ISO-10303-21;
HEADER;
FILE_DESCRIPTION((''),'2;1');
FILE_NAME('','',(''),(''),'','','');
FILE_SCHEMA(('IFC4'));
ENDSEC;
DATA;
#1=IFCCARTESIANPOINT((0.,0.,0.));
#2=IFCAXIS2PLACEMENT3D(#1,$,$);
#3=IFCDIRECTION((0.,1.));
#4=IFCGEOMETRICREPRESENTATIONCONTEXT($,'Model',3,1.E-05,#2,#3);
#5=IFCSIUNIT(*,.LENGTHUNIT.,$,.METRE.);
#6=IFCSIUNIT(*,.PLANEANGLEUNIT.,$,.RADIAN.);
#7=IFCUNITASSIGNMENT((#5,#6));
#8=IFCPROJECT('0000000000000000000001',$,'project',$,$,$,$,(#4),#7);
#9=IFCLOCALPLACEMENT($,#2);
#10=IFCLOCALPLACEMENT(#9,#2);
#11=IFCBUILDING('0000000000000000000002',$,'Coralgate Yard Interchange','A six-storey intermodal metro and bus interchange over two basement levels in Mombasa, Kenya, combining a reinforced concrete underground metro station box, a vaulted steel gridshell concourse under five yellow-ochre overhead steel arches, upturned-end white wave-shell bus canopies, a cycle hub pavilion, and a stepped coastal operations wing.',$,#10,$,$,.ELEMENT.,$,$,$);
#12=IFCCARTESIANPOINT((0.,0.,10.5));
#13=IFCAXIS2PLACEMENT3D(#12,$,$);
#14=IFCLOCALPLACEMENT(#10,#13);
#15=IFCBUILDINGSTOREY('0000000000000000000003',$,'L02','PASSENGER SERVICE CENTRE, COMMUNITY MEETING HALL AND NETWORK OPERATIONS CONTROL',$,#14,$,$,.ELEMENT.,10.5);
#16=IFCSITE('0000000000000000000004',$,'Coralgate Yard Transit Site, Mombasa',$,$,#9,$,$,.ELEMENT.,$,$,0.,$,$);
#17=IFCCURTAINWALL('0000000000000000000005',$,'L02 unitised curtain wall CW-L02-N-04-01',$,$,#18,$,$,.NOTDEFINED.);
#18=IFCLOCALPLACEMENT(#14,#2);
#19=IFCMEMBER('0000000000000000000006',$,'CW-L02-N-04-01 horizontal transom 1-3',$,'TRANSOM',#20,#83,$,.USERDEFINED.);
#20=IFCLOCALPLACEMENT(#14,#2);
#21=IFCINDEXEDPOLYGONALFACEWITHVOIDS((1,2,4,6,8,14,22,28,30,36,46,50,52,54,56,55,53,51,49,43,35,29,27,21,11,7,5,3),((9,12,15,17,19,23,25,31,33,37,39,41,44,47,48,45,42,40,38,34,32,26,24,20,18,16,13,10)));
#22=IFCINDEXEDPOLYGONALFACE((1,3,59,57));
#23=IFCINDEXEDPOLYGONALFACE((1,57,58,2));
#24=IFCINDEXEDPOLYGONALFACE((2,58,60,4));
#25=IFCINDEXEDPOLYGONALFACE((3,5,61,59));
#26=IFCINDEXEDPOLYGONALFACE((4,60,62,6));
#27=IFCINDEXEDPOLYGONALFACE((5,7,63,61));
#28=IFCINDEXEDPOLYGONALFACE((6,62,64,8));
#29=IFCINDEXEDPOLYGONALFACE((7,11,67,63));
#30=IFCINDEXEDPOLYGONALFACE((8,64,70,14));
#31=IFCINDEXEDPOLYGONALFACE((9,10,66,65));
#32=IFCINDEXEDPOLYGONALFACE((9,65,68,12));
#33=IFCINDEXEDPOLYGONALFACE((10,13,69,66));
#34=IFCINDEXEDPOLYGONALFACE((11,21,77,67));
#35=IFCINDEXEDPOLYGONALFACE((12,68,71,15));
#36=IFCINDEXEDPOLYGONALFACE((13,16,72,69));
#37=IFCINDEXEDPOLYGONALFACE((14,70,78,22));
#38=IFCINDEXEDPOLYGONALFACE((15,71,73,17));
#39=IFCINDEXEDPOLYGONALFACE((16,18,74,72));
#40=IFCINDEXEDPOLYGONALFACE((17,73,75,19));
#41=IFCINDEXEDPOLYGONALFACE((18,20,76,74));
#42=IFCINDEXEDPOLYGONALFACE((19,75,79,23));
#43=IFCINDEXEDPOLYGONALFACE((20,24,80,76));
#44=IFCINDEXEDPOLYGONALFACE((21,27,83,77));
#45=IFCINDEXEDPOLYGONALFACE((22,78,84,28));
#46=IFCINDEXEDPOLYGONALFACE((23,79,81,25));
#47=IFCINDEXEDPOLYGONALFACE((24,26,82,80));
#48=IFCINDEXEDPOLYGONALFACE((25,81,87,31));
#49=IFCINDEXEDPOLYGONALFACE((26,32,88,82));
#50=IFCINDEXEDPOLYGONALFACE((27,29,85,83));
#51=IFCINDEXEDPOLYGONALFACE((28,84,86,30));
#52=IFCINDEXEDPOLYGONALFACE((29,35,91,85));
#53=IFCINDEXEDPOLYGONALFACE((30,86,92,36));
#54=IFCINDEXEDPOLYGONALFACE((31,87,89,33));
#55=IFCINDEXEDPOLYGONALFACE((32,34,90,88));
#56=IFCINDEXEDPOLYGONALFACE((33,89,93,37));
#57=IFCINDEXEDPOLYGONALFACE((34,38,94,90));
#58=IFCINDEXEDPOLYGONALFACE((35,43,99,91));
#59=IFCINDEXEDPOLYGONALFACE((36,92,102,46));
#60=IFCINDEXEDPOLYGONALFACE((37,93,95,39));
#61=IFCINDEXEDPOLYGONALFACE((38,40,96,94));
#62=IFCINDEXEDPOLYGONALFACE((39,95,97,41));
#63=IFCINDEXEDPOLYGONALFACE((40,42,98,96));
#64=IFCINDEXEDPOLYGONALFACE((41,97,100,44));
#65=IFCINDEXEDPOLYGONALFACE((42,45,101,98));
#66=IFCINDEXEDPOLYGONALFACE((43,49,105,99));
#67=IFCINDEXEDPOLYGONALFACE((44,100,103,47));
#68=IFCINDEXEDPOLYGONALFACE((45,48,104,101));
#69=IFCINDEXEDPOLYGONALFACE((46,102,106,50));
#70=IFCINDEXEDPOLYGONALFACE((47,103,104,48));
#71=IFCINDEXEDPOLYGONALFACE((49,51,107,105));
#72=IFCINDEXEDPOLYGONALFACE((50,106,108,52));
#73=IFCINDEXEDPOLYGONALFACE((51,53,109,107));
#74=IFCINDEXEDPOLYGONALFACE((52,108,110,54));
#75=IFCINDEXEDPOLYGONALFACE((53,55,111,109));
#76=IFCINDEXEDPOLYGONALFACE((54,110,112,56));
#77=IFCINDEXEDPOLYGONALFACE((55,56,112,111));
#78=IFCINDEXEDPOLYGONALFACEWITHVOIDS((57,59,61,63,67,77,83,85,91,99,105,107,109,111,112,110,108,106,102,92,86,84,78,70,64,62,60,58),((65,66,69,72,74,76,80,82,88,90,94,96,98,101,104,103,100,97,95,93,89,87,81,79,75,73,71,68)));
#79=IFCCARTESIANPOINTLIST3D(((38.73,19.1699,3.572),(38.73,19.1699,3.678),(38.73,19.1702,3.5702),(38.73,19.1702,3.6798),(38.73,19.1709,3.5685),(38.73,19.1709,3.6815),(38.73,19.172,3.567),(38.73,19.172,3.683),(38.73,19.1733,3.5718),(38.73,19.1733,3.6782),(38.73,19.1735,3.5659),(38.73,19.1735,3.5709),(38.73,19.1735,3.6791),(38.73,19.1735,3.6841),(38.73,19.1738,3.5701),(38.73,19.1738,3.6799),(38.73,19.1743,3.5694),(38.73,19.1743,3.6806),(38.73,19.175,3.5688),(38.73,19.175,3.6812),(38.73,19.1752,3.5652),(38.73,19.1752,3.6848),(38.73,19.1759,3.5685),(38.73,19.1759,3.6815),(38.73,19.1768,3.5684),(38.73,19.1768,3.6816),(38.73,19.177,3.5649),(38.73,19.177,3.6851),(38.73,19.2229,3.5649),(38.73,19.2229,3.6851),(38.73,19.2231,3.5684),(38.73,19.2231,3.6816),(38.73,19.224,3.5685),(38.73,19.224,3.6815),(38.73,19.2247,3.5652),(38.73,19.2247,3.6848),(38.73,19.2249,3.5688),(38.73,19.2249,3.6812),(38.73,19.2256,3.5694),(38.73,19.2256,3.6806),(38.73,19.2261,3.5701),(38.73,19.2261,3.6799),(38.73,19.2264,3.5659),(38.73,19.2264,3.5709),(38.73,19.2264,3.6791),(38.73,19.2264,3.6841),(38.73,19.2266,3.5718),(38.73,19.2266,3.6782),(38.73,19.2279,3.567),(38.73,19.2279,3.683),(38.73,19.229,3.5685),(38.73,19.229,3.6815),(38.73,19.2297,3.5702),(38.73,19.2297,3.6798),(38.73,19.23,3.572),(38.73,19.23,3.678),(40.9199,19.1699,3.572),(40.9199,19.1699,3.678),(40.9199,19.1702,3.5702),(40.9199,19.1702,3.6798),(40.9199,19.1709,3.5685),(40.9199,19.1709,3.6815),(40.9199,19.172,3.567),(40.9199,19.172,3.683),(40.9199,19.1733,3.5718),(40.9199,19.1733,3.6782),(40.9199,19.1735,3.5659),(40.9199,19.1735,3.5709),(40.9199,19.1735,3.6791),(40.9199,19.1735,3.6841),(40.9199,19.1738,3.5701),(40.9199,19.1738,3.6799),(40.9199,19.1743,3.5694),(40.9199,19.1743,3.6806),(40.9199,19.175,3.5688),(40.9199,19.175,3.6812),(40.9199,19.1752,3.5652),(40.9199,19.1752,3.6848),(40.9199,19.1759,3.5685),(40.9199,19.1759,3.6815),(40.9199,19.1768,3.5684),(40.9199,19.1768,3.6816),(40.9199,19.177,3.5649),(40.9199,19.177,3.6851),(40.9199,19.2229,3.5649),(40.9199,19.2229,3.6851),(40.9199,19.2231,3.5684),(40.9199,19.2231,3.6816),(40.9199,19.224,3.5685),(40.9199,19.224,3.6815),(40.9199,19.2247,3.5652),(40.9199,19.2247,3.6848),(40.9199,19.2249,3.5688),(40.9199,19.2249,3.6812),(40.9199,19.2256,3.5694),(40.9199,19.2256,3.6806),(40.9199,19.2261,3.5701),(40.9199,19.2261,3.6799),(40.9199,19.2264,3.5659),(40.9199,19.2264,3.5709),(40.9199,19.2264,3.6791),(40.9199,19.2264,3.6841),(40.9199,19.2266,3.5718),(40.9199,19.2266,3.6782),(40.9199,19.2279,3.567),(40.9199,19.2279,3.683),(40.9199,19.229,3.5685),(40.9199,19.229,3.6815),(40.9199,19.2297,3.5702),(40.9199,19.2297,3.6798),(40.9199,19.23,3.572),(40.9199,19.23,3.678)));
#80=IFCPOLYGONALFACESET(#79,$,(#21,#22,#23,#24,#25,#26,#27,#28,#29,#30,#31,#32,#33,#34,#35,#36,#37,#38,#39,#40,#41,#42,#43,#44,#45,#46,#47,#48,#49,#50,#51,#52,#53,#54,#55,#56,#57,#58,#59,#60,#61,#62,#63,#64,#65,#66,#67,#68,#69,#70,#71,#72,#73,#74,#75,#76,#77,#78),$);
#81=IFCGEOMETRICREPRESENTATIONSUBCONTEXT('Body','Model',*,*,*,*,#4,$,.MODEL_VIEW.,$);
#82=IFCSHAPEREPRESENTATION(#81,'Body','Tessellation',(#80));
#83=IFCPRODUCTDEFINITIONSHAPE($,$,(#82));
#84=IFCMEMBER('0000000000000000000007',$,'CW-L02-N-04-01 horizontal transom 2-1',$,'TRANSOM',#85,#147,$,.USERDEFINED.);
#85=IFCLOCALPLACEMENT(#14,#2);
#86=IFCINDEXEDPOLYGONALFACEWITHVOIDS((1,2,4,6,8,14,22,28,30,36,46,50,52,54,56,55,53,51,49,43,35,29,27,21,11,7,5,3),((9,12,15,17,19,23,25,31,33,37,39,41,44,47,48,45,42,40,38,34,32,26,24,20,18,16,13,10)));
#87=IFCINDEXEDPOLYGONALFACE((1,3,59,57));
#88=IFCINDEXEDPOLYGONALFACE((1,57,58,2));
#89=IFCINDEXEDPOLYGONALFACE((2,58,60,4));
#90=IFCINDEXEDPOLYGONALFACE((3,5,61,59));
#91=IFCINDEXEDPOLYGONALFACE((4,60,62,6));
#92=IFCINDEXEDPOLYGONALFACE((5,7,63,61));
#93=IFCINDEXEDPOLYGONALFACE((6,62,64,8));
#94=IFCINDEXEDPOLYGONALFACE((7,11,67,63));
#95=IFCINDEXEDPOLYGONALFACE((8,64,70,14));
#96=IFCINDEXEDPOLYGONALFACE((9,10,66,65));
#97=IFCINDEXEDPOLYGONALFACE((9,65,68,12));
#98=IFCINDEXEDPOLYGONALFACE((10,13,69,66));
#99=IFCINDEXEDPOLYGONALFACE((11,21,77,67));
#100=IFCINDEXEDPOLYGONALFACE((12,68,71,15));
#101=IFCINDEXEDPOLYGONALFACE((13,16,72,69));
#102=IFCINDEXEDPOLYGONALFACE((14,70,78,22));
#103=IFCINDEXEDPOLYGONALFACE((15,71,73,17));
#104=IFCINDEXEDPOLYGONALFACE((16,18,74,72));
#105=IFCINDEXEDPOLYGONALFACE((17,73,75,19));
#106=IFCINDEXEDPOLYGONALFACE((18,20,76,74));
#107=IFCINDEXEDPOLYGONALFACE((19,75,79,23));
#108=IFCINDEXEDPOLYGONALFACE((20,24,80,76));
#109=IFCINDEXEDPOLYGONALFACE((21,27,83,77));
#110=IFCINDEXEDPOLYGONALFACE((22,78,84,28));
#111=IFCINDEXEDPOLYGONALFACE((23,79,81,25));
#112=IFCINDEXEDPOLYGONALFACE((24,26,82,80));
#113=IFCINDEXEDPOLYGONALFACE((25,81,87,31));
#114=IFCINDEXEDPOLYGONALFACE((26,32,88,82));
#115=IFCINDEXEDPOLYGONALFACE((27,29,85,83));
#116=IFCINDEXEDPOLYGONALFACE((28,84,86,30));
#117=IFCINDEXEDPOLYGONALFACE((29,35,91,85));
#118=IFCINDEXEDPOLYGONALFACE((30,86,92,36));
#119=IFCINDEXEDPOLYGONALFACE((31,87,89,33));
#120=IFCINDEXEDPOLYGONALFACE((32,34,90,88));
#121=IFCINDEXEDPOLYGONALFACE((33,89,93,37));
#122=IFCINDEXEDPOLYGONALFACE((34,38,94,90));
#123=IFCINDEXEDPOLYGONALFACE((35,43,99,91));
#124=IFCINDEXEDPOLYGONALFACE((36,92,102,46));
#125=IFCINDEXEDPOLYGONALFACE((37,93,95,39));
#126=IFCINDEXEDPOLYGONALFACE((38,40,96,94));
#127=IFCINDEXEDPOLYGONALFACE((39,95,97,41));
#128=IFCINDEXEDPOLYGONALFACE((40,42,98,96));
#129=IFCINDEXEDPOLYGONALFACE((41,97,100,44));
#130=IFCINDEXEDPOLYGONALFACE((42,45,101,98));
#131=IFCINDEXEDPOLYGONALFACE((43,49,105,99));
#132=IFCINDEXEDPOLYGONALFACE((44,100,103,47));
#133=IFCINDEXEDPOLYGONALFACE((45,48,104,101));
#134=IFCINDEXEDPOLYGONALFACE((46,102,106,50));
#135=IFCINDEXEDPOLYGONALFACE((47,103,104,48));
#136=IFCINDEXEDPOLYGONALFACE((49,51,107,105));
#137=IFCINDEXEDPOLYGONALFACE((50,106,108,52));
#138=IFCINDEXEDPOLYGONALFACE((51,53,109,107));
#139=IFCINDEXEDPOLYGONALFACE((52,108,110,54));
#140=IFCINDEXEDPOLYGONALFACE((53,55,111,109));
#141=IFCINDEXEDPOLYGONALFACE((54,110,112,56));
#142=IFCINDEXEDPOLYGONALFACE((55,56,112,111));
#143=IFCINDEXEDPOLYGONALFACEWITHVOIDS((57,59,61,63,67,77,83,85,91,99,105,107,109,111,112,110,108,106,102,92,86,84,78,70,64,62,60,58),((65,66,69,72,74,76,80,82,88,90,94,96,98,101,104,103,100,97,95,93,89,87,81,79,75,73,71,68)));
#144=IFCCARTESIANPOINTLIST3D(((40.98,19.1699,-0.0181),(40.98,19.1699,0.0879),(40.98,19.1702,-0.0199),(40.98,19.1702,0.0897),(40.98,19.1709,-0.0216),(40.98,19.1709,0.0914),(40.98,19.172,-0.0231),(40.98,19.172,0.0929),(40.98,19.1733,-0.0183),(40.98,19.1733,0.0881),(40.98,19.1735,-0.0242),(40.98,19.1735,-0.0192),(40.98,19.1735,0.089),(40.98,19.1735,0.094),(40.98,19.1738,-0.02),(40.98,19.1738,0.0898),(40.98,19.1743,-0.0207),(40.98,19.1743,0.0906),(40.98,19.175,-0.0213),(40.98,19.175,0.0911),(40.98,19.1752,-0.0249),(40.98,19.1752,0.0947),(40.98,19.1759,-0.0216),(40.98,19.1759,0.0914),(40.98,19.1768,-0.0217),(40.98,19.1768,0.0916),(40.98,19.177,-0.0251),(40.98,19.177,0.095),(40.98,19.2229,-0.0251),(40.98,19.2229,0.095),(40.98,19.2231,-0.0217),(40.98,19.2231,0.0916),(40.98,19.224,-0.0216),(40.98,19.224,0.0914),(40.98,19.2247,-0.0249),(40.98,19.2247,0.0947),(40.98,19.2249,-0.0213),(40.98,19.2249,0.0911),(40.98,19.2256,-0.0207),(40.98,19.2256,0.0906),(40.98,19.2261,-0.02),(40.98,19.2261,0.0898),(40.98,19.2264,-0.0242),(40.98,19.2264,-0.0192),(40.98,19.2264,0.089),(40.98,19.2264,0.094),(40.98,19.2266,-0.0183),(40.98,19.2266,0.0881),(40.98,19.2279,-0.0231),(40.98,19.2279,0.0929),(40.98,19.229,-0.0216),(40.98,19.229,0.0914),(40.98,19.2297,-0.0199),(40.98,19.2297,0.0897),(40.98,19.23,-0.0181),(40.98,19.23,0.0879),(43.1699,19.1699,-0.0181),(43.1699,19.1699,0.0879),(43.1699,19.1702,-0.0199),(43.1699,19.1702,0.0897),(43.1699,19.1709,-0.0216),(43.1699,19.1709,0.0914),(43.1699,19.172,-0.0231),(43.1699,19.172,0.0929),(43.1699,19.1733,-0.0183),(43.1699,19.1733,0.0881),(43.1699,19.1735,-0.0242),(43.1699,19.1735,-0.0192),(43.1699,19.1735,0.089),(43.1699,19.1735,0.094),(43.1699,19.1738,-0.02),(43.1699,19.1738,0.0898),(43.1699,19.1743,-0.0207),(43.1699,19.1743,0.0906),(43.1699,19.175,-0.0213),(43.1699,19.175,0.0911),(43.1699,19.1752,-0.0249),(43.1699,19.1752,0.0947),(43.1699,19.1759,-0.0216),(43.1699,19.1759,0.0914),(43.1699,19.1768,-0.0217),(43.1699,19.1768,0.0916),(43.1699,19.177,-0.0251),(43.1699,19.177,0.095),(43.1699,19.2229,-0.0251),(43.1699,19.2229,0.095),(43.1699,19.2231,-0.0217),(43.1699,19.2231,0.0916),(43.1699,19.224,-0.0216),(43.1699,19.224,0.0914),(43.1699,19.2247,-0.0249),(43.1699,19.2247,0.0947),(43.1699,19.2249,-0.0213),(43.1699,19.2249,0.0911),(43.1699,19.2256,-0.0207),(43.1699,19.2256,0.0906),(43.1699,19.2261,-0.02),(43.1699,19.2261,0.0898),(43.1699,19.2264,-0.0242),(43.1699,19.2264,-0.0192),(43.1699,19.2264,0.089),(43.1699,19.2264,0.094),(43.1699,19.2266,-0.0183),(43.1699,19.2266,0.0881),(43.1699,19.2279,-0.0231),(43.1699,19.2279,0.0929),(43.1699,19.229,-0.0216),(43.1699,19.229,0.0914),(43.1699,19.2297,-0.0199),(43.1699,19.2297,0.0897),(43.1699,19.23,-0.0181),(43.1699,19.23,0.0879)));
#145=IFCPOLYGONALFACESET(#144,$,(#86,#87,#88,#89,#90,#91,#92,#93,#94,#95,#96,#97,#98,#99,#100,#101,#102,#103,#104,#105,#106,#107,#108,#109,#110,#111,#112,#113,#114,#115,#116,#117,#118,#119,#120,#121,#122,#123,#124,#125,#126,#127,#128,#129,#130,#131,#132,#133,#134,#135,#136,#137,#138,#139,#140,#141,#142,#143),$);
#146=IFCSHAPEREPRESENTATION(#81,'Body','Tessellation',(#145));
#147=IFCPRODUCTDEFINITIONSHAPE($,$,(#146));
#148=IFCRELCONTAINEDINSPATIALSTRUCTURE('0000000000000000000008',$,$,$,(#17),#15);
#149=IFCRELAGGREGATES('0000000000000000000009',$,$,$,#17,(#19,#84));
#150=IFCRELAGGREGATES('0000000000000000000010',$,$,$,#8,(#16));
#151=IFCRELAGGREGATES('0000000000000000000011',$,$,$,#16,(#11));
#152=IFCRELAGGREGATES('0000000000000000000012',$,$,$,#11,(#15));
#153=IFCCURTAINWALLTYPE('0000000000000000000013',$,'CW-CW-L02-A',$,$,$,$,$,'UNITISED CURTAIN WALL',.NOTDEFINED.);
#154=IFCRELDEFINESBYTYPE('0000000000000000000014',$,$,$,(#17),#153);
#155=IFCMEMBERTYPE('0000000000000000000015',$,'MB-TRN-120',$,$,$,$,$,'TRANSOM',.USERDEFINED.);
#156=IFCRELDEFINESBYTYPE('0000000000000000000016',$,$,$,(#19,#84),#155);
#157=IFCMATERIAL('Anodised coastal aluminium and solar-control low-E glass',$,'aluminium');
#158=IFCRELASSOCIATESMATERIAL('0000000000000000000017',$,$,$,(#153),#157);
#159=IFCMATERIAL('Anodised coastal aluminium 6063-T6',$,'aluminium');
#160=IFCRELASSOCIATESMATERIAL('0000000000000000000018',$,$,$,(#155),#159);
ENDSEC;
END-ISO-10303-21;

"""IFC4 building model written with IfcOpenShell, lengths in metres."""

from ifc_helpers import new_model, si_unit, direction, frame, origin, origin_2d, place, context, subcontext, project, spatial, hollow_rectangle, extrude, material, material_profile, profile_set, type_object, element, aggregate, save


model = new_model("IFC4")

# Units and contexts
model_context = context("Model", 3, precision=1e-05, world=origin(), true_north=direction((0.0, 1.0)))
body_context = subcontext(model_context, "Body", "Model", "MODEL_VIEW")
ifc_project = project(units=[si_unit("LENGTHUNIT", "METRE"), si_unit("PLANEANGLEUNIT", "RADIAN")], contexts=[model_context])

# Site, building, storey
site_placement = place(None, origin())
site = spatial("IfcSite", under=ifc_project, at=site_placement, Name="Coralgate Yard Transit Site, Mombasa", CompositionType="ELEMENT", RefElevation=0.0)
building_placement = place(site_placement, origin())
building = spatial("IfcBuilding", under=site, at=building_placement, Name="Coralgate Yard Interchange", Description="A six-storey intermodal metro and bus interchange over two basement levels in Mombasa, Kenya, combining a reinforced concrete underground metro station box, a vaulted steel gridshell concourse under five yellow-ochre overhead steel arches, upturned-end white wave-shell bus canopies, a cycle hub pavilion, and a stepped coastal operations wing.", CompositionType="ELEMENT")
storey_placement = place(building_placement, frame((0.0, 0.0, 10.5)))
storey = spatial("IfcBuildingStorey", under=building, at=storey_placement, Name="L02", Description="PASSENGER SERVICE CENTRE, COMMUNITY MEETING HALL AND NETWORK OPERATIONS CONTROL", CompositionType="ELEMENT", Elevation=10.5)

# Curtain wall, members
ifc_material_1 = material(Name="Anodised coastal aluminium and solar-control low-E glass", Category="aluminium")
curtain_wall_type = type_object("IfcCurtainWallType", Name="CW-CW-L02-A", ElementType="UNITISED CURTAIN WALL", PredefinedType="NOTDEFINED", material=ifc_material_1)
curtain_wall_placement = place(storey_placement, origin())
curtain_wall = element("IfcCurtainWall", 1, at=curtain_wall_placement, inside=storey, type_object=curtain_wall_type, Name="L02 unitised curtain wall CW-L02-N-04-01", PredefinedType="NOTDEFINED")
ifc_material_2 = material(Name="Anodised coastal aluminium 6063-T6", Category="aluminium")
ifc_material_profile_1 = material_profile(ifc_material_2, hollow_rectangle(XDim=0.0601, YDim=0.1201, WallThickness=0.0034, InnerFilletRadius=0.0034, OuterFilletRadius=0.0071, at=origin_2d()), Name="ALU 60x120x3.5")
ifc_profile_set_1 = profile_set([ifc_material_profile_1], Name="Anodised coastal aluminium 6063-T6")
member_type_1 = type_object("IfcMemberType", Name="MB-TRN-120", ElementType="TRANSOM", PredefinedType="USERDEFINED", material=ifc_profile_set_1)
member_1_placement = place(storey_placement, frame((38.73, 19.2, 3.625), z_axis=(1.0, 0.0, 0.0), x_axis=(0.0, 1.0, 0.0)))
member_1 = element("IfcMember", 2, at=member_1_placement, type_object=member_type_1, Name="CW-L02-N-04-01 horizontal transom 1-3", ObjectType="TRANSOM", PredefinedType="USERDEFINED", context=body_context, shape_type="SweptSolid", body=[
    extrude(hollow_rectangle(XDim=0.0601, YDim=0.1201, WallThickness=0.0034, InnerFilletRadius=0.0034, OuterFilletRadius=0.0071, at=origin_2d()), origin(), (0.0, 0.0, 1.0), 2.1899),
])
member_2_placement = place(storey_placement, frame((40.98, 19.2, 0.0349), z_axis=(1.0, 0.0, 0.0), x_axis=(0.0, 1.0, 0.0)))
member_2 = element("IfcMember", 3, at=member_2_placement, type_object=member_type_1, Name="CW-L02-N-04-01 horizontal transom 2-1", ObjectType="TRANSOM", PredefinedType="USERDEFINED", context=body_context, shape_type="SweptSolid", body=[
    extrude(hollow_rectangle(XDim=0.0601, YDim=0.1201, WallThickness=0.0034, InnerFilletRadius=0.0034, OuterFilletRadius=0.0071, at=origin_2d()), origin(), (0.0, 0.0, 1.0), 2.1899),
])
aggregate(curtain_wall, [member_1, member_2])

save(model, "model.ifc")
